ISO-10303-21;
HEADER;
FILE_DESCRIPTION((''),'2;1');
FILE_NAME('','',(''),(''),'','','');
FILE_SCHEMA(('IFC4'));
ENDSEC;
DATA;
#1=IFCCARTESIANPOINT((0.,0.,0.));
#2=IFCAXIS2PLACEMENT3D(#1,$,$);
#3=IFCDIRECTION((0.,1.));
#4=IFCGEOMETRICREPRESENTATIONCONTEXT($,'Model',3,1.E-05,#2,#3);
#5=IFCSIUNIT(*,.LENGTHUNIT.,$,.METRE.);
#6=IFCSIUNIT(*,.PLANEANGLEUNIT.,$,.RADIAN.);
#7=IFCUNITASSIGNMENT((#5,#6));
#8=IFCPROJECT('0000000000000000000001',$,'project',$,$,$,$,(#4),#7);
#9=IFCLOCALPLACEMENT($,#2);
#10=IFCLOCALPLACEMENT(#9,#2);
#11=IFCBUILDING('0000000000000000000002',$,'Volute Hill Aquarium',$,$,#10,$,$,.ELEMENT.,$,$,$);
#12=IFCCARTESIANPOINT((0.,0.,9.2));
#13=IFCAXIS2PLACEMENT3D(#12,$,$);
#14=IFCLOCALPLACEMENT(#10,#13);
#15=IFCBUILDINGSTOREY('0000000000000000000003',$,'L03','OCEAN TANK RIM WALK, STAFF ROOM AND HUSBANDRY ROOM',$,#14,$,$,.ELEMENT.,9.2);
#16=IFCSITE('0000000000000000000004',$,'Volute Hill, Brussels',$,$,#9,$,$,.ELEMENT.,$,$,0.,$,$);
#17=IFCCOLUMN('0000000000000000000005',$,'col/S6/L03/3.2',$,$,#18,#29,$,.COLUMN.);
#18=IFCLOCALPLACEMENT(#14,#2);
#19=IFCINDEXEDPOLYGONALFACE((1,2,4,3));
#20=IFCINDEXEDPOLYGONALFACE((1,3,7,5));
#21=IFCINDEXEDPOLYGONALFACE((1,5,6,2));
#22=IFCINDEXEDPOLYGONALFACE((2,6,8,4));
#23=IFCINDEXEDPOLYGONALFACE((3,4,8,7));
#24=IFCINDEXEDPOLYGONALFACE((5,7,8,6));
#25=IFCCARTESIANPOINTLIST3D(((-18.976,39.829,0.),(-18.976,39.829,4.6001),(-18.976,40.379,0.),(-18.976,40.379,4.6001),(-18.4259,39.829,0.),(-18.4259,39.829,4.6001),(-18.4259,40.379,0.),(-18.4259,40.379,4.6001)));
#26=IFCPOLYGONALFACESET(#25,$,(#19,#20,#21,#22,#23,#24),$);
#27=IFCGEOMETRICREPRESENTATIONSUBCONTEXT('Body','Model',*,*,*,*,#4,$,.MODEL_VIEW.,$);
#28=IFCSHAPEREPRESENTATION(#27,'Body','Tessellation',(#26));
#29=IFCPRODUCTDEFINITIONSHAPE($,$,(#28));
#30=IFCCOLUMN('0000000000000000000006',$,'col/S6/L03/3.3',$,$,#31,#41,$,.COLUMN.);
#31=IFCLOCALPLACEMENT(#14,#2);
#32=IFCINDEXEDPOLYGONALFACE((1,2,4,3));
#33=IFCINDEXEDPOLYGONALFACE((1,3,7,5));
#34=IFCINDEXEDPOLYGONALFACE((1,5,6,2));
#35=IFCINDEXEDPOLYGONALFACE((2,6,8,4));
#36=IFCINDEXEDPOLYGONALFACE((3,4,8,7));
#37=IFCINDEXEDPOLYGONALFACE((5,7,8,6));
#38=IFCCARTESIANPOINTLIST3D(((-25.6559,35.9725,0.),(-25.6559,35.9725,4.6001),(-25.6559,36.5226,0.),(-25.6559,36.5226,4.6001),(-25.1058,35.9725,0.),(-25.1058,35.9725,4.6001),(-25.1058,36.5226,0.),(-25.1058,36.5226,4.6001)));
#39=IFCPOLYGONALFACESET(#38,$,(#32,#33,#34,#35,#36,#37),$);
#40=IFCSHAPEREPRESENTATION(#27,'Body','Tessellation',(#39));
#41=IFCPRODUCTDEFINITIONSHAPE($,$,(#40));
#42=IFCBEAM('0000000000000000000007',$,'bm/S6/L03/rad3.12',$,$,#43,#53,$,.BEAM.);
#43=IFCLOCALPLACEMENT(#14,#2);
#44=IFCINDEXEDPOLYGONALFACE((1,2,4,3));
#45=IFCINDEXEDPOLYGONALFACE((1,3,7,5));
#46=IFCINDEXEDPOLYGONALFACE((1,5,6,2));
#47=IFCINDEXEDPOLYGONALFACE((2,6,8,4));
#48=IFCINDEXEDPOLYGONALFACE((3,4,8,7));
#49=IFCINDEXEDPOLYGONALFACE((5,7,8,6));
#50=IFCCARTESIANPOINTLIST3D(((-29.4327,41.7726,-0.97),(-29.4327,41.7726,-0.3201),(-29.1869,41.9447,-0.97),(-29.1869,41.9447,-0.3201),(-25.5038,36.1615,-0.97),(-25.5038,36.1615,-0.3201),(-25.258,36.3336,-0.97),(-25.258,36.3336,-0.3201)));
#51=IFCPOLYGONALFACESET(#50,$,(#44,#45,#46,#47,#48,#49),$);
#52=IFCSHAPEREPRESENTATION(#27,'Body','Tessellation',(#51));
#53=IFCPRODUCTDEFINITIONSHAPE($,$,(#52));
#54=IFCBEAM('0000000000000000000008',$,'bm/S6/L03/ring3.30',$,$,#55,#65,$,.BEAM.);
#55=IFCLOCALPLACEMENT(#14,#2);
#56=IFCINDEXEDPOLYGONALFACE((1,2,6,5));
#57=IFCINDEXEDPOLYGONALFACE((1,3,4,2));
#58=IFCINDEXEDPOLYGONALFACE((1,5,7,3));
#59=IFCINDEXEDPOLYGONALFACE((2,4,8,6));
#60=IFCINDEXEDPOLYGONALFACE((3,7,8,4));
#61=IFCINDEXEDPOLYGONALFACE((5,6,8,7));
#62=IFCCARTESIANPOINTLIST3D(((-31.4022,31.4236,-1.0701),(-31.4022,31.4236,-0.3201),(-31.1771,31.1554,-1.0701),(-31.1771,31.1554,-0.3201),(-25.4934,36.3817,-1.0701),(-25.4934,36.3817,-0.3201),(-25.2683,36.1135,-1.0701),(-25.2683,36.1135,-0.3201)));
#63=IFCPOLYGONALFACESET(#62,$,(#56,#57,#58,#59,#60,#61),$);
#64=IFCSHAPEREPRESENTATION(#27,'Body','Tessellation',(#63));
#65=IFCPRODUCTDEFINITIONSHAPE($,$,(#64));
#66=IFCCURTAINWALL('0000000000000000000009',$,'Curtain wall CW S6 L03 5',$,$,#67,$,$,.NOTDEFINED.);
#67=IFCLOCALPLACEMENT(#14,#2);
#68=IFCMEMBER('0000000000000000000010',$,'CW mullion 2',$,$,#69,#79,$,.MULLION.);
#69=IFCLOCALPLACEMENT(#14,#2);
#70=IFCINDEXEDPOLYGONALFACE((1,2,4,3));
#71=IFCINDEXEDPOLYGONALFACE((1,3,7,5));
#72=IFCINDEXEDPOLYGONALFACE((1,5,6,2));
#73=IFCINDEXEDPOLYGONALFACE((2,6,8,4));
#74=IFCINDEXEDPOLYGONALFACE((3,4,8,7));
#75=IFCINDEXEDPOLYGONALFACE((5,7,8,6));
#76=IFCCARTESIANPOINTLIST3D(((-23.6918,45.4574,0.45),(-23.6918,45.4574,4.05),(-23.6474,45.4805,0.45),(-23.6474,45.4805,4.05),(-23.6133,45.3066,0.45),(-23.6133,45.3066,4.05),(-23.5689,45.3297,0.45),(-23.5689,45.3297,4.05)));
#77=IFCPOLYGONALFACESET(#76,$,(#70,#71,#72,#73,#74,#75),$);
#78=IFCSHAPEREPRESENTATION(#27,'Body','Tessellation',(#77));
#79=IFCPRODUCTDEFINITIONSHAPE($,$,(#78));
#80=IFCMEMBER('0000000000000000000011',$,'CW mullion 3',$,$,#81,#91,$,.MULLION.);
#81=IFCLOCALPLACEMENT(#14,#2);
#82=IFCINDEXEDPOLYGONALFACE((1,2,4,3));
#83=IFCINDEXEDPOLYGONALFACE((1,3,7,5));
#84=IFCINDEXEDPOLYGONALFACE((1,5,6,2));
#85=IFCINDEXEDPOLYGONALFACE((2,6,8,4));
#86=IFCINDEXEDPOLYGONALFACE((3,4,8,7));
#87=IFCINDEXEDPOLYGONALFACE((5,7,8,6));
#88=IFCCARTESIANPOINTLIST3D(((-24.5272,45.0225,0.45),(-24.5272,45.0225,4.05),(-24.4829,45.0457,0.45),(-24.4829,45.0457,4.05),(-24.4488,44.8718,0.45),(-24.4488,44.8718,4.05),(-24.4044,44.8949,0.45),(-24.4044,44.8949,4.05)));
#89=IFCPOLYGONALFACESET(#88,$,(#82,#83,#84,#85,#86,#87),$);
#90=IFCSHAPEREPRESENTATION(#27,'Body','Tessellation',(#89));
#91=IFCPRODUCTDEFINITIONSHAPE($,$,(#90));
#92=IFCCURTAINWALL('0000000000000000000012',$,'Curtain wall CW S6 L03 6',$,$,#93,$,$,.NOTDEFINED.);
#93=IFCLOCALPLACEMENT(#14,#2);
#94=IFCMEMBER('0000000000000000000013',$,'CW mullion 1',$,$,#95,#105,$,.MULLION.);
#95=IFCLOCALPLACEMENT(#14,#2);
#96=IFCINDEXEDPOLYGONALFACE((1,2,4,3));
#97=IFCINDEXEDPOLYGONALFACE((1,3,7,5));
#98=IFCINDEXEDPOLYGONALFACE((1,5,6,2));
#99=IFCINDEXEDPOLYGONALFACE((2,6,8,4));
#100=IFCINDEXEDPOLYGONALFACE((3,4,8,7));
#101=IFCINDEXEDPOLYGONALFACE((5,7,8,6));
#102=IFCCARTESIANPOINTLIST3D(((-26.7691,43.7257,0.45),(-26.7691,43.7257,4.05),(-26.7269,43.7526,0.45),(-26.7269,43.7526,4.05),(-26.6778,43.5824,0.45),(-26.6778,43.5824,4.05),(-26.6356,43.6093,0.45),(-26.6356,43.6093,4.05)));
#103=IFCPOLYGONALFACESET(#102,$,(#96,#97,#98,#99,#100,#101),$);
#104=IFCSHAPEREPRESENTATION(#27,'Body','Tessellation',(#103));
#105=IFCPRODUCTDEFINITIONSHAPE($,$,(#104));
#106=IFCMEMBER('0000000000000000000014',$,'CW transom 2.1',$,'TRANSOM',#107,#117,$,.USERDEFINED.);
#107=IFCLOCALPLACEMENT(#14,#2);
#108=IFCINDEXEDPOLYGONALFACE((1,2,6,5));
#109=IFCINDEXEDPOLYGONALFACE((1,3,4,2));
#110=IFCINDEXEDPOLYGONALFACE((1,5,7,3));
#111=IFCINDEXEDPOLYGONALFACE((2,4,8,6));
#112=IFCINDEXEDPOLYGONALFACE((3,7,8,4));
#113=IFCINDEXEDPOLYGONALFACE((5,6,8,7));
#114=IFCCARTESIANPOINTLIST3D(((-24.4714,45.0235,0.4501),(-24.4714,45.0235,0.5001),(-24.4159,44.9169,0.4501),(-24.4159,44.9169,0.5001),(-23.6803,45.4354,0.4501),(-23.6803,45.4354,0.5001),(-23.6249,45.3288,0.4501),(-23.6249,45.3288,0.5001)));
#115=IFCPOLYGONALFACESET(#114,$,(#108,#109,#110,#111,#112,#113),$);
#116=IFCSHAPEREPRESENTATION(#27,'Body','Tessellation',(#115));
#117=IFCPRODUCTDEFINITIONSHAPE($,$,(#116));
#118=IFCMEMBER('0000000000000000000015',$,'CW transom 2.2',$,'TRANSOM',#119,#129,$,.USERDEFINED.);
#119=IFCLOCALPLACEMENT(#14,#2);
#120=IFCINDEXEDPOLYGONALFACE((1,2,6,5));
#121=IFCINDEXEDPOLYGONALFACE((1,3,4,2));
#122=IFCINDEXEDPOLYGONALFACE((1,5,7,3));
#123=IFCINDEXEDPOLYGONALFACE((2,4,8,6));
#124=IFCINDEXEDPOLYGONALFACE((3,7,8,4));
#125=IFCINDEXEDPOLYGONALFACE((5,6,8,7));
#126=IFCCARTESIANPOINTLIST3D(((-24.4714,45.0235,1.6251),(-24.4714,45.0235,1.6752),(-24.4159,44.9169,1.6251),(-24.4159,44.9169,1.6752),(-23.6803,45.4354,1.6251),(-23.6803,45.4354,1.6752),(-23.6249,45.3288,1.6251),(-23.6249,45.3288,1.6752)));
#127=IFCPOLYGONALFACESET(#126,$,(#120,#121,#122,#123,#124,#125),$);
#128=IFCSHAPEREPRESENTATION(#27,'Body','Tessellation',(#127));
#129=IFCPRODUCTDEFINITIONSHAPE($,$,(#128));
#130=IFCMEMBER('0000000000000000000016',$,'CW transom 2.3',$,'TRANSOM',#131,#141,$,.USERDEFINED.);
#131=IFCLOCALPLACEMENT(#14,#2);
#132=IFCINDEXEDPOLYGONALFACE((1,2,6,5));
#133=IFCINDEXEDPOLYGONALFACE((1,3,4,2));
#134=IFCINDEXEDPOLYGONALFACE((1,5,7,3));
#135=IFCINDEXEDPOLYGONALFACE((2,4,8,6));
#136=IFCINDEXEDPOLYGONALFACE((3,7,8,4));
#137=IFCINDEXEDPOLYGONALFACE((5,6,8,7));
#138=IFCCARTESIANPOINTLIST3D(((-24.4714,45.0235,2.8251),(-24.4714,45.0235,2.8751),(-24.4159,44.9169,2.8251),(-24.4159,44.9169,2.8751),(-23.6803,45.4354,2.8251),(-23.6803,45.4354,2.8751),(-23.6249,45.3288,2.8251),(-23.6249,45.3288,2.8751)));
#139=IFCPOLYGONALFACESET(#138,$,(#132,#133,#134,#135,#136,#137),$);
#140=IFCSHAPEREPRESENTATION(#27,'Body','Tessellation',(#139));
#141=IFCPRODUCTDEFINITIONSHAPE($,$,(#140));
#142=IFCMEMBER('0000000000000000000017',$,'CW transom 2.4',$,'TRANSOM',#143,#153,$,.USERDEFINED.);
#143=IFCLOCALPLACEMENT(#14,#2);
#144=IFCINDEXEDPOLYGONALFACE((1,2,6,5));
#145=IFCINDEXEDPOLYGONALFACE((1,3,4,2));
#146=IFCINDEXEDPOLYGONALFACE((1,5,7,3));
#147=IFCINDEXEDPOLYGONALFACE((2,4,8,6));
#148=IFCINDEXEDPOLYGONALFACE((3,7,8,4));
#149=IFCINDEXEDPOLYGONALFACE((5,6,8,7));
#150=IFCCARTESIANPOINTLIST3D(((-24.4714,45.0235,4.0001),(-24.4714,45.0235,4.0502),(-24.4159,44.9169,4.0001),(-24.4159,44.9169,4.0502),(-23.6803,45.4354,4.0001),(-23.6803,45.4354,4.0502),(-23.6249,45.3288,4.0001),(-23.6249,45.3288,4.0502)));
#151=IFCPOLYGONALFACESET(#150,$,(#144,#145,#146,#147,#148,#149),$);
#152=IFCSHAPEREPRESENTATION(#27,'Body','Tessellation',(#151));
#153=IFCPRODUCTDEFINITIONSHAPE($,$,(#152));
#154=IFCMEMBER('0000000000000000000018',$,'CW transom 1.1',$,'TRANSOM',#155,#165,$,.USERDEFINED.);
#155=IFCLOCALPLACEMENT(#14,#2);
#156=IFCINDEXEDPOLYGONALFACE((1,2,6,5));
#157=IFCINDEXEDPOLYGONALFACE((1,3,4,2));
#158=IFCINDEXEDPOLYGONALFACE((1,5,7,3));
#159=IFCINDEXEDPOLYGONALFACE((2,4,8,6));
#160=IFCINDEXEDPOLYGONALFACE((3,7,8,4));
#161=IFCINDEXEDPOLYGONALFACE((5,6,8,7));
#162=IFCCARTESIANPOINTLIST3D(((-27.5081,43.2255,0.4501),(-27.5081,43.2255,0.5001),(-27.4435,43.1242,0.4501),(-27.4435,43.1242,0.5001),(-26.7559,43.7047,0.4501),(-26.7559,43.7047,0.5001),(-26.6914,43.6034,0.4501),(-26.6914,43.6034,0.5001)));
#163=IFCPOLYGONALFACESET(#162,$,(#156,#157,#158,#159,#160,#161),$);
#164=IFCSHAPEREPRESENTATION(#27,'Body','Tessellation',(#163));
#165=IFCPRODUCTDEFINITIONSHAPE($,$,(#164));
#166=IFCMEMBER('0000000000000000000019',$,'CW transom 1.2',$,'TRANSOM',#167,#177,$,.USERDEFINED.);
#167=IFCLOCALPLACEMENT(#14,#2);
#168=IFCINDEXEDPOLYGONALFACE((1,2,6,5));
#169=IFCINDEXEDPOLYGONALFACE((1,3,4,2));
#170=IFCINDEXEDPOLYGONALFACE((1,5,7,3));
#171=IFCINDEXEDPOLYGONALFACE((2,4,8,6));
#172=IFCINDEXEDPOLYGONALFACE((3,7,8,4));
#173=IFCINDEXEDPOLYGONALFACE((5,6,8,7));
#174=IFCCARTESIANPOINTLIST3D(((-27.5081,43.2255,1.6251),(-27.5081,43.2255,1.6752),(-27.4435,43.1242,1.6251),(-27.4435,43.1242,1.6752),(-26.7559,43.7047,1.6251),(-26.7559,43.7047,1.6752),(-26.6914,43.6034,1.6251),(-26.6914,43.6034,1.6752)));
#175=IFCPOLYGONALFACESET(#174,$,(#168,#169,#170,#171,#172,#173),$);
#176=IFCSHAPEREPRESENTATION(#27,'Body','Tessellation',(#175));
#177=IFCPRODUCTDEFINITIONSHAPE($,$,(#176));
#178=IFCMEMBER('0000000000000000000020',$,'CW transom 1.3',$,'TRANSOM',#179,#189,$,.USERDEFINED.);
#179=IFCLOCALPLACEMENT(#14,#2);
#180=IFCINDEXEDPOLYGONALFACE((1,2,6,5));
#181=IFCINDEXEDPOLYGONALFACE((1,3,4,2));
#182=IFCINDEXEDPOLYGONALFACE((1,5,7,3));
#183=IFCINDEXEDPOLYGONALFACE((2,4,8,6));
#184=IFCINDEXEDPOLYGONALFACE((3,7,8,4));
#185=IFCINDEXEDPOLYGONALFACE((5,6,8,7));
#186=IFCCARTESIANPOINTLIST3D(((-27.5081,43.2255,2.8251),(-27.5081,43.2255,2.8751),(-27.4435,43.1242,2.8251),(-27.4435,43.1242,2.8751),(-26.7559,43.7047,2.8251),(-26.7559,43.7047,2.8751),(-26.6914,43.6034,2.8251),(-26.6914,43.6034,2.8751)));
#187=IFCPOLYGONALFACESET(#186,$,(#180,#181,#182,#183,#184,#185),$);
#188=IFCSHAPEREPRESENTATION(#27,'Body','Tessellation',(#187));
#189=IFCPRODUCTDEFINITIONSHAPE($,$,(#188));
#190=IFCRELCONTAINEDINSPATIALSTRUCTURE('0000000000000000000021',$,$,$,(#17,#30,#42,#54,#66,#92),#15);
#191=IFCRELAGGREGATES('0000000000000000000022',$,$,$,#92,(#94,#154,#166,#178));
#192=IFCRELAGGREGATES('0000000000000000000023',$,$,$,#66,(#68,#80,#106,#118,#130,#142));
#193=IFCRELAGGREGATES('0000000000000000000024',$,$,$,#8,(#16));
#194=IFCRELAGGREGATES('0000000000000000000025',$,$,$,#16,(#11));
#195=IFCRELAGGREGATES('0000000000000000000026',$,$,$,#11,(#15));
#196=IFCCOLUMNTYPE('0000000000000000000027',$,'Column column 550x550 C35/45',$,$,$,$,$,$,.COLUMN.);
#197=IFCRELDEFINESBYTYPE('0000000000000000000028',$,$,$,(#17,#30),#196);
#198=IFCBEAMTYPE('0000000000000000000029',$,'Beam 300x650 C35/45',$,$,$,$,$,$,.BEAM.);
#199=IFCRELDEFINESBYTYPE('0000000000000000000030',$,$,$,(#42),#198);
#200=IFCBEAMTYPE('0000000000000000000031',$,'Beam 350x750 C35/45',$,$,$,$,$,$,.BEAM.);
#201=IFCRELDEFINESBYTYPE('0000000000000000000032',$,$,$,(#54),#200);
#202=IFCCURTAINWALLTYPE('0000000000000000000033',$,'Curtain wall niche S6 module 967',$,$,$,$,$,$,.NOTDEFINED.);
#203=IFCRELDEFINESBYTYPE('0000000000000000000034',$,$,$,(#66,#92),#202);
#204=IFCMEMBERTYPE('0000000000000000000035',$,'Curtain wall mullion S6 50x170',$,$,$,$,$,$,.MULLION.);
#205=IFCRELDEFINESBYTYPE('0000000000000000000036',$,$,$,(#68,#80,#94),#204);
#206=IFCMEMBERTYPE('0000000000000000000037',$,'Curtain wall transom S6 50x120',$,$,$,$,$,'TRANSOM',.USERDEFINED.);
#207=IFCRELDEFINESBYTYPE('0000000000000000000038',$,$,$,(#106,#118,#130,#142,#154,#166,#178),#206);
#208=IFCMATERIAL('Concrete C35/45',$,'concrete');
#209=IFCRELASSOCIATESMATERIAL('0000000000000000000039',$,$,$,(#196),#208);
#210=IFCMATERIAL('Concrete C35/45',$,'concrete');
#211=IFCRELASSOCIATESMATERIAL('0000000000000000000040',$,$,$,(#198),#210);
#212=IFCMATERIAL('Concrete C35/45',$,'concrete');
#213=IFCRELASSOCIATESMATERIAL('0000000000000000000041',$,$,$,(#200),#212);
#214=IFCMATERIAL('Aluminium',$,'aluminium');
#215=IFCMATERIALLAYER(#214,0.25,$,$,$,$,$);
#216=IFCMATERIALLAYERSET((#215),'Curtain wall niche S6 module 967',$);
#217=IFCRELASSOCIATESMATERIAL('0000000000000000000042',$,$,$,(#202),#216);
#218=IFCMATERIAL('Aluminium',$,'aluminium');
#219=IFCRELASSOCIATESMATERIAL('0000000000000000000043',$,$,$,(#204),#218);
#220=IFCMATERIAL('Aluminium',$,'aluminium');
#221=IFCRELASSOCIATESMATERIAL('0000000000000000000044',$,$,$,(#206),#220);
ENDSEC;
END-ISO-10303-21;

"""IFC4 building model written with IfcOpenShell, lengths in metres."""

from ifc_helpers import new_model, si_unit, direction, frame, origin, origin_2d, place, context, subcontext, project, spatial, rectangle, extrude, material, layer, layer_set, material_profile, profile_set, type_object, element, aggregate, save


model = new_model("IFC4")

# Units and contexts
model_context = context("Model", 3, precision=1e-05, world=origin(), true_north=direction((0.0, 1.0)))
body_context = subcontext(model_context, "Body", "Model", "MODEL_VIEW")
ifc_project = project(units=[si_unit("LENGTHUNIT", "METRE"), si_unit("PLANEANGLEUNIT", "RADIAN")], contexts=[model_context])

# Site, building, storey
site_placement = place(None, origin())
site = spatial("IfcSite", under=ifc_project, at=site_placement, Name="Volute Hill, Brussels", CompositionType="ELEMENT", RefElevation=0.0)
building_placement = place(site_placement, origin())
building = spatial("IfcBuilding", under=site, at=building_placement, Name="Volute Hill Aquarium", CompositionType="ELEMENT")
storey_placement = place(building_placement, frame((0.0, 0.0, 9.2)))
storey = spatial("IfcBuildingStorey", under=building, at=storey_placement, Name="L03", Description="OCEAN TANK RIM WALK, STAFF ROOM AND HUSBANDRY ROOM", CompositionType="ELEMENT", Elevation=9.2)

# Columns
ifc_material_1 = material(Name="Concrete C35/45", Category="concrete")
ifc_material_profile_1 = material_profile(ifc_material_1, rectangle(XDim=0.55, YDim=0.55, at=origin_2d()), Name="RC column 550x550")
ifc_profile_set_1 = profile_set([ifc_material_profile_1], Name="Concrete C35/45")
column_type = type_object("IfcColumnType", Name="Column column 550x550 C35/45", PredefinedType="COLUMN", material=ifc_profile_set_1)
for number, where, z_axis, x_axis, name in (
    (1, (-18.7009, 40.104, 0.0), (0.0, 0.0, 1.0), (1.0, 0.0, 0.0), "col/S6/L03/3.2"),
    (2, (-25.3809, 36.2476, 0.0), (0.0, 0.0, 1.0), (1.0, 0.0, 0.0), "col/S6/L03/3.3"),
):
    element("IfcColumn", number, at=place(storey_placement, frame(where, z_axis=z_axis, x_axis=x_axis)), inside=storey, type_object=column_type, Name=name, PredefinedType="COLUMN", context=body_context, shape_type="SweptSolid", body=[
        extrude(rectangle(XDim=0.55, YDim=0.55, at=origin_2d()), origin(), (0.0, 0.0, 1.0), 4.6001),
    ])

# Beams
ifc_material_2 = material(Name="Concrete C35/45", Category="concrete")
ifc_material_profile_2 = material_profile(ifc_material_2, rectangle(XDim=0.3, YDim=0.6499, at=origin_2d()), Name="RC beam 300x650")
ifc_profile_set_2 = profile_set([ifc_material_profile_2], Name="Concrete C35/45")
beam_type_1 = type_object("IfcBeamType", Name="Beam 300x650 C35/45", PredefinedType="BEAM", material=ifc_profile_set_2)
beam_1_placement = place(storey_placement, frame((-25.3809, 36.2476, -0.645), z_axis=(-0.57358, 0.81915, 0.0), x_axis=(-0.81915, -0.57358, 0.0)))
element("IfcBeam", 3, at=beam_1_placement, inside=storey, type_object=beam_type_1, Name="bm/S6/L03/rad3.12", PredefinedType="BEAM", context=body_context, shape_type="SweptSolid", body=[
    extrude(rectangle(XDim=0.3, YDim=0.6499, at=origin_2d()), origin(), (0.0, 0.0, 1.0), 6.8499),
])
ifc_material_3 = material(Name="Concrete C35/45", Category="concrete")
ifc_material_profile_3 = material_profile(ifc_material_3, rectangle(XDim=0.3501, YDim=0.75, at=origin_2d()), Name="RC beam 350x750")
ifc_profile_set_3 = profile_set([ifc_material_profile_3], Name="Concrete C35/45")
beam_type_2 = type_object("IfcBeamType", Name="Beam 350x750 C35/45", PredefinedType="BEAM", material=ifc_profile_set_3)
beam_2_placement = place(storey_placement, frame((-25.3809, 36.2476, -0.6951), z_axis=(-0.766043, -0.64279, 0.0), x_axis=(0.64279, -0.766043, 0.0)))
element("IfcBeam", 4, at=beam_2_placement, inside=storey, type_object=beam_type_2, Name="bm/S6/L03/ring3.30", PredefinedType="BEAM", context=body_context, shape_type="SweptSolid", body=[
    extrude(rectangle(XDim=0.3501, YDim=0.75, at=origin_2d()), origin(), (0.0, 0.0, 1.0), 7.7134),
])

# Curtain wall, members
ifc_material_4 = material(Name="Aluminium", Category="aluminium")
ifc_layer_1 = layer(ifc_material_4, 0.25)
ifc_layer_set_1 = layer_set([ifc_layer_1], Name="Curtain wall niche S6 module 967")
curtain_wall_type = type_object("IfcCurtainWallType", Name="Curtain wall niche S6 module 967", PredefinedType="NOTDEFINED", material=ifc_layer_set_1)
curtain_wall_1_placement = place(storey_placement, origin())
curtain_wall_1 = element("IfcCurtainWall", 5, at=curtain_wall_1_placement, inside=storey, type_object=curtain_wall_type, Name="Curtain wall CW S6 L03 5", PredefinedType="NOTDEFINED")
ifc_material_5 = material(Name="Aluminium", Category="aluminium")
ifc_material_profile_4 = material_profile(ifc_material_5, rectangle(XDim=0.1699, YDim=0.05, at=origin_2d()), Name="Curtain wall mullion S6 50x170")
ifc_profile_set_4 = profile_set([ifc_material_profile_4], Name="Aluminium")
member_type_1 = type_object("IfcMemberType", Name="Curtain wall mullion S6 50x170", PredefinedType="MULLION", material=ifc_profile_set_4)
member_1_placement = place(storey_placement, frame((-23.6304, 45.3936, 0.45), z_axis=(0.0, 0.0, 1.0), x_axis=(0.46176, -0.887005, 0.0)))
member_1 = element("IfcMember", 6, at=member_1_placement, type_object=member_type_1, Name="CW mullion 2", PredefinedType="MULLION", context=body_context, shape_type="SweptSolid", body=[
    extrude(rectangle(XDim=0.1699, YDim=0.05, at=origin_2d()), origin(), (0.0, 0.0, 1.0), 3.6001),
])
member_2_placement = place(storey_placement, frame((-24.4658, 44.9587, 0.45), z_axis=(0.0, 0.0, 1.0), x_axis=(0.46176, -0.887005, 0.0)))
member_2 = element("IfcMember", 7, at=member_2_placement, type_object=member_type_1, Name="CW mullion 3", PredefinedType="MULLION", context=body_context, shape_type="SweptSolid", body=[
    extrude(rectangle(XDim=0.1699, YDim=0.05, at=origin_2d()), origin(), (0.0, 0.0, 1.0), 3.6001),
])

# Curtain wall, member
curtain_wall_2_placement = place(storey_placement, origin())
curtain_wall_2 = element("IfcCurtainWall", 8, at=curtain_wall_2_placement, inside=storey, type_object=curtain_wall_type, Name="Curtain wall CW S6 L03 6", PredefinedType="NOTDEFINED")
member_3_placement = place(storey_placement, frame((-26.7024, 43.6675, 0.45), z_axis=(0.0, 0.0, 1.0), x_axis=(0.537295, -0.843395, 0.0)))
member_3 = element("IfcMember", 9, at=member_3_placement, type_object=member_type_1, Name="CW mullion 1", PredefinedType="MULLION", context=body_context, shape_type="SweptSolid", body=[
    extrude(rectangle(XDim=0.1699, YDim=0.05, at=origin_2d()), origin(), (0.0, 0.0, 1.0), 3.6001),
])

# Members
ifc_material_6 = material(Name="Aluminium", Category="aluminium")
ifc_material_profile_5 = material_profile(ifc_material_6, rectangle(XDim=0.1201, YDim=0.05, at=origin_2d()), Name="Curtain wall transom S6 50x120")
ifc_profile_set_5 = profile_set([ifc_material_profile_5], Name="Aluminium")
member_type_2 = type_object("IfcMemberType", Name="Curtain wall transom S6 50x120", ElementType="TRANSOM", PredefinedType="USERDEFINED", material=ifc_profile_set_5)
member_4_placement = place(storey_placement, frame((-23.6526, 45.3821, 0.4751), z_axis=(-0.88697, -0.461827, 0.0), x_axis=(0.461827, -0.88697, 0.0)))
member_4 = element("IfcMember", 10, at=member_4_placement, type_object=member_type_2, Name="CW transom 2.1", ObjectType="TRANSOM", PredefinedType="USERDEFINED", context=body_context, shape_type="SweptSolid", body=[
    extrude(rectangle(XDim=0.1201, YDim=0.05, at=origin_2d()), origin(), (0.0, 0.0, 1.0), 0.8918),
])
member_5_placement = place(storey_placement, frame((-23.6526, 45.3821, 1.6501), z_axis=(-0.88697, -0.461827, 0.0), x_axis=(0.461827, -0.88697, 0.0)))
member_5 = element("IfcMember", 11, at=member_5_placement, type_object=member_type_2, Name="CW transom 2.2", ObjectType="TRANSOM", PredefinedType="USERDEFINED", context=body_context, shape_type="SweptSolid", body=[
    extrude(rectangle(XDim=0.1201, YDim=0.05, at=origin_2d()), origin(), (0.0, 0.0, 1.0), 0.8918),
])
member_6_placement = place(storey_placement, frame((-23.6526, 45.3821, 2.8501), z_axis=(-0.88697, -0.461827, 0.0), x_axis=(0.461827, -0.88697, 0.0)))
member_6 = element("IfcMember", 12, at=member_6_placement, type_object=member_type_2, Name="CW transom 2.3", ObjectType="TRANSOM", PredefinedType="USERDEFINED", context=body_context, shape_type="SweptSolid", body=[
    extrude(rectangle(XDim=0.1201, YDim=0.05, at=origin_2d()), origin(), (0.0, 0.0, 1.0), 0.8918),
])
member_7_placement = place(storey_placement, frame((-23.6526, 45.3821, 4.0251), z_axis=(-0.88697, -0.461827, 0.0), x_axis=(0.461827, -0.88697, 0.0)))
member_7 = element("IfcMember", 13, at=member_7_placement, type_object=member_type_2, Name="CW transom 2.4", ObjectType="TRANSOM", PredefinedType="USERDEFINED", context=body_context, shape_type="SweptSolid", body=[
    extrude(rectangle(XDim=0.1201, YDim=0.05, at=origin_2d()), origin(), (0.0, 0.0, 1.0), 0.8918),
])
member_8_placement = place(storey_placement, frame((-26.7236, 43.6541, 0.4751), z_axis=(-0.843368, -0.537336, 0.0), x_axis=(0.537336, -0.843368, 0.0)))
member_8 = element("IfcMember", 14, at=member_8_placement, type_object=member_type_2, Name="CW transom 1.1", ObjectType="TRANSOM", PredefinedType="USERDEFINED", context=body_context, shape_type="SweptSolid", body=[
    extrude(rectangle(XDim=0.1201, YDim=0.05, at=origin_2d()), origin(), (0.0, 0.0, 1.0), 0.8918),
])
member_9_placement = place(storey_placement, frame((-26.7236, 43.6541, 1.6501), z_axis=(-0.843368, -0.537336, 0.0), x_axis=(0.537336, -0.843368, 0.0)))
member_9 = element("IfcMember", 15, at=member_9_placement, type_object=member_type_2, Name="CW transom 1.2", ObjectType="TRANSOM", PredefinedType="USERDEFINED", context=body_context, shape_type="SweptSolid", body=[
    extrude(rectangle(XDim=0.1201, YDim=0.05, at=origin_2d()), origin(), (0.0, 0.0, 1.0), 0.8918),
])
member_10_placement = place(storey_placement, frame((-26.7236, 43.6541, 2.8501), z_axis=(-0.843368, -0.537336, 0.0), x_axis=(0.537336, -0.843368, 0.0)))
member_10 = element("IfcMember", 16, at=member_10_placement, type_object=member_type_2, Name="CW transom 1.3", ObjectType="TRANSOM", PredefinedType="USERDEFINED", context=body_context, shape_type="SweptSolid", body=[
    extrude(rectangle(XDim=0.1201, YDim=0.05, at=origin_2d()), origin(), (0.0, 0.0, 1.0), 0.8918),
])

aggregate(curtain_wall_2, [member_3, member_8, member_9, member_10])
aggregate(curtain_wall_1, [member_1, member_2, member_4, member_5, member_6, member_7])

save(model, "model.ifc")
